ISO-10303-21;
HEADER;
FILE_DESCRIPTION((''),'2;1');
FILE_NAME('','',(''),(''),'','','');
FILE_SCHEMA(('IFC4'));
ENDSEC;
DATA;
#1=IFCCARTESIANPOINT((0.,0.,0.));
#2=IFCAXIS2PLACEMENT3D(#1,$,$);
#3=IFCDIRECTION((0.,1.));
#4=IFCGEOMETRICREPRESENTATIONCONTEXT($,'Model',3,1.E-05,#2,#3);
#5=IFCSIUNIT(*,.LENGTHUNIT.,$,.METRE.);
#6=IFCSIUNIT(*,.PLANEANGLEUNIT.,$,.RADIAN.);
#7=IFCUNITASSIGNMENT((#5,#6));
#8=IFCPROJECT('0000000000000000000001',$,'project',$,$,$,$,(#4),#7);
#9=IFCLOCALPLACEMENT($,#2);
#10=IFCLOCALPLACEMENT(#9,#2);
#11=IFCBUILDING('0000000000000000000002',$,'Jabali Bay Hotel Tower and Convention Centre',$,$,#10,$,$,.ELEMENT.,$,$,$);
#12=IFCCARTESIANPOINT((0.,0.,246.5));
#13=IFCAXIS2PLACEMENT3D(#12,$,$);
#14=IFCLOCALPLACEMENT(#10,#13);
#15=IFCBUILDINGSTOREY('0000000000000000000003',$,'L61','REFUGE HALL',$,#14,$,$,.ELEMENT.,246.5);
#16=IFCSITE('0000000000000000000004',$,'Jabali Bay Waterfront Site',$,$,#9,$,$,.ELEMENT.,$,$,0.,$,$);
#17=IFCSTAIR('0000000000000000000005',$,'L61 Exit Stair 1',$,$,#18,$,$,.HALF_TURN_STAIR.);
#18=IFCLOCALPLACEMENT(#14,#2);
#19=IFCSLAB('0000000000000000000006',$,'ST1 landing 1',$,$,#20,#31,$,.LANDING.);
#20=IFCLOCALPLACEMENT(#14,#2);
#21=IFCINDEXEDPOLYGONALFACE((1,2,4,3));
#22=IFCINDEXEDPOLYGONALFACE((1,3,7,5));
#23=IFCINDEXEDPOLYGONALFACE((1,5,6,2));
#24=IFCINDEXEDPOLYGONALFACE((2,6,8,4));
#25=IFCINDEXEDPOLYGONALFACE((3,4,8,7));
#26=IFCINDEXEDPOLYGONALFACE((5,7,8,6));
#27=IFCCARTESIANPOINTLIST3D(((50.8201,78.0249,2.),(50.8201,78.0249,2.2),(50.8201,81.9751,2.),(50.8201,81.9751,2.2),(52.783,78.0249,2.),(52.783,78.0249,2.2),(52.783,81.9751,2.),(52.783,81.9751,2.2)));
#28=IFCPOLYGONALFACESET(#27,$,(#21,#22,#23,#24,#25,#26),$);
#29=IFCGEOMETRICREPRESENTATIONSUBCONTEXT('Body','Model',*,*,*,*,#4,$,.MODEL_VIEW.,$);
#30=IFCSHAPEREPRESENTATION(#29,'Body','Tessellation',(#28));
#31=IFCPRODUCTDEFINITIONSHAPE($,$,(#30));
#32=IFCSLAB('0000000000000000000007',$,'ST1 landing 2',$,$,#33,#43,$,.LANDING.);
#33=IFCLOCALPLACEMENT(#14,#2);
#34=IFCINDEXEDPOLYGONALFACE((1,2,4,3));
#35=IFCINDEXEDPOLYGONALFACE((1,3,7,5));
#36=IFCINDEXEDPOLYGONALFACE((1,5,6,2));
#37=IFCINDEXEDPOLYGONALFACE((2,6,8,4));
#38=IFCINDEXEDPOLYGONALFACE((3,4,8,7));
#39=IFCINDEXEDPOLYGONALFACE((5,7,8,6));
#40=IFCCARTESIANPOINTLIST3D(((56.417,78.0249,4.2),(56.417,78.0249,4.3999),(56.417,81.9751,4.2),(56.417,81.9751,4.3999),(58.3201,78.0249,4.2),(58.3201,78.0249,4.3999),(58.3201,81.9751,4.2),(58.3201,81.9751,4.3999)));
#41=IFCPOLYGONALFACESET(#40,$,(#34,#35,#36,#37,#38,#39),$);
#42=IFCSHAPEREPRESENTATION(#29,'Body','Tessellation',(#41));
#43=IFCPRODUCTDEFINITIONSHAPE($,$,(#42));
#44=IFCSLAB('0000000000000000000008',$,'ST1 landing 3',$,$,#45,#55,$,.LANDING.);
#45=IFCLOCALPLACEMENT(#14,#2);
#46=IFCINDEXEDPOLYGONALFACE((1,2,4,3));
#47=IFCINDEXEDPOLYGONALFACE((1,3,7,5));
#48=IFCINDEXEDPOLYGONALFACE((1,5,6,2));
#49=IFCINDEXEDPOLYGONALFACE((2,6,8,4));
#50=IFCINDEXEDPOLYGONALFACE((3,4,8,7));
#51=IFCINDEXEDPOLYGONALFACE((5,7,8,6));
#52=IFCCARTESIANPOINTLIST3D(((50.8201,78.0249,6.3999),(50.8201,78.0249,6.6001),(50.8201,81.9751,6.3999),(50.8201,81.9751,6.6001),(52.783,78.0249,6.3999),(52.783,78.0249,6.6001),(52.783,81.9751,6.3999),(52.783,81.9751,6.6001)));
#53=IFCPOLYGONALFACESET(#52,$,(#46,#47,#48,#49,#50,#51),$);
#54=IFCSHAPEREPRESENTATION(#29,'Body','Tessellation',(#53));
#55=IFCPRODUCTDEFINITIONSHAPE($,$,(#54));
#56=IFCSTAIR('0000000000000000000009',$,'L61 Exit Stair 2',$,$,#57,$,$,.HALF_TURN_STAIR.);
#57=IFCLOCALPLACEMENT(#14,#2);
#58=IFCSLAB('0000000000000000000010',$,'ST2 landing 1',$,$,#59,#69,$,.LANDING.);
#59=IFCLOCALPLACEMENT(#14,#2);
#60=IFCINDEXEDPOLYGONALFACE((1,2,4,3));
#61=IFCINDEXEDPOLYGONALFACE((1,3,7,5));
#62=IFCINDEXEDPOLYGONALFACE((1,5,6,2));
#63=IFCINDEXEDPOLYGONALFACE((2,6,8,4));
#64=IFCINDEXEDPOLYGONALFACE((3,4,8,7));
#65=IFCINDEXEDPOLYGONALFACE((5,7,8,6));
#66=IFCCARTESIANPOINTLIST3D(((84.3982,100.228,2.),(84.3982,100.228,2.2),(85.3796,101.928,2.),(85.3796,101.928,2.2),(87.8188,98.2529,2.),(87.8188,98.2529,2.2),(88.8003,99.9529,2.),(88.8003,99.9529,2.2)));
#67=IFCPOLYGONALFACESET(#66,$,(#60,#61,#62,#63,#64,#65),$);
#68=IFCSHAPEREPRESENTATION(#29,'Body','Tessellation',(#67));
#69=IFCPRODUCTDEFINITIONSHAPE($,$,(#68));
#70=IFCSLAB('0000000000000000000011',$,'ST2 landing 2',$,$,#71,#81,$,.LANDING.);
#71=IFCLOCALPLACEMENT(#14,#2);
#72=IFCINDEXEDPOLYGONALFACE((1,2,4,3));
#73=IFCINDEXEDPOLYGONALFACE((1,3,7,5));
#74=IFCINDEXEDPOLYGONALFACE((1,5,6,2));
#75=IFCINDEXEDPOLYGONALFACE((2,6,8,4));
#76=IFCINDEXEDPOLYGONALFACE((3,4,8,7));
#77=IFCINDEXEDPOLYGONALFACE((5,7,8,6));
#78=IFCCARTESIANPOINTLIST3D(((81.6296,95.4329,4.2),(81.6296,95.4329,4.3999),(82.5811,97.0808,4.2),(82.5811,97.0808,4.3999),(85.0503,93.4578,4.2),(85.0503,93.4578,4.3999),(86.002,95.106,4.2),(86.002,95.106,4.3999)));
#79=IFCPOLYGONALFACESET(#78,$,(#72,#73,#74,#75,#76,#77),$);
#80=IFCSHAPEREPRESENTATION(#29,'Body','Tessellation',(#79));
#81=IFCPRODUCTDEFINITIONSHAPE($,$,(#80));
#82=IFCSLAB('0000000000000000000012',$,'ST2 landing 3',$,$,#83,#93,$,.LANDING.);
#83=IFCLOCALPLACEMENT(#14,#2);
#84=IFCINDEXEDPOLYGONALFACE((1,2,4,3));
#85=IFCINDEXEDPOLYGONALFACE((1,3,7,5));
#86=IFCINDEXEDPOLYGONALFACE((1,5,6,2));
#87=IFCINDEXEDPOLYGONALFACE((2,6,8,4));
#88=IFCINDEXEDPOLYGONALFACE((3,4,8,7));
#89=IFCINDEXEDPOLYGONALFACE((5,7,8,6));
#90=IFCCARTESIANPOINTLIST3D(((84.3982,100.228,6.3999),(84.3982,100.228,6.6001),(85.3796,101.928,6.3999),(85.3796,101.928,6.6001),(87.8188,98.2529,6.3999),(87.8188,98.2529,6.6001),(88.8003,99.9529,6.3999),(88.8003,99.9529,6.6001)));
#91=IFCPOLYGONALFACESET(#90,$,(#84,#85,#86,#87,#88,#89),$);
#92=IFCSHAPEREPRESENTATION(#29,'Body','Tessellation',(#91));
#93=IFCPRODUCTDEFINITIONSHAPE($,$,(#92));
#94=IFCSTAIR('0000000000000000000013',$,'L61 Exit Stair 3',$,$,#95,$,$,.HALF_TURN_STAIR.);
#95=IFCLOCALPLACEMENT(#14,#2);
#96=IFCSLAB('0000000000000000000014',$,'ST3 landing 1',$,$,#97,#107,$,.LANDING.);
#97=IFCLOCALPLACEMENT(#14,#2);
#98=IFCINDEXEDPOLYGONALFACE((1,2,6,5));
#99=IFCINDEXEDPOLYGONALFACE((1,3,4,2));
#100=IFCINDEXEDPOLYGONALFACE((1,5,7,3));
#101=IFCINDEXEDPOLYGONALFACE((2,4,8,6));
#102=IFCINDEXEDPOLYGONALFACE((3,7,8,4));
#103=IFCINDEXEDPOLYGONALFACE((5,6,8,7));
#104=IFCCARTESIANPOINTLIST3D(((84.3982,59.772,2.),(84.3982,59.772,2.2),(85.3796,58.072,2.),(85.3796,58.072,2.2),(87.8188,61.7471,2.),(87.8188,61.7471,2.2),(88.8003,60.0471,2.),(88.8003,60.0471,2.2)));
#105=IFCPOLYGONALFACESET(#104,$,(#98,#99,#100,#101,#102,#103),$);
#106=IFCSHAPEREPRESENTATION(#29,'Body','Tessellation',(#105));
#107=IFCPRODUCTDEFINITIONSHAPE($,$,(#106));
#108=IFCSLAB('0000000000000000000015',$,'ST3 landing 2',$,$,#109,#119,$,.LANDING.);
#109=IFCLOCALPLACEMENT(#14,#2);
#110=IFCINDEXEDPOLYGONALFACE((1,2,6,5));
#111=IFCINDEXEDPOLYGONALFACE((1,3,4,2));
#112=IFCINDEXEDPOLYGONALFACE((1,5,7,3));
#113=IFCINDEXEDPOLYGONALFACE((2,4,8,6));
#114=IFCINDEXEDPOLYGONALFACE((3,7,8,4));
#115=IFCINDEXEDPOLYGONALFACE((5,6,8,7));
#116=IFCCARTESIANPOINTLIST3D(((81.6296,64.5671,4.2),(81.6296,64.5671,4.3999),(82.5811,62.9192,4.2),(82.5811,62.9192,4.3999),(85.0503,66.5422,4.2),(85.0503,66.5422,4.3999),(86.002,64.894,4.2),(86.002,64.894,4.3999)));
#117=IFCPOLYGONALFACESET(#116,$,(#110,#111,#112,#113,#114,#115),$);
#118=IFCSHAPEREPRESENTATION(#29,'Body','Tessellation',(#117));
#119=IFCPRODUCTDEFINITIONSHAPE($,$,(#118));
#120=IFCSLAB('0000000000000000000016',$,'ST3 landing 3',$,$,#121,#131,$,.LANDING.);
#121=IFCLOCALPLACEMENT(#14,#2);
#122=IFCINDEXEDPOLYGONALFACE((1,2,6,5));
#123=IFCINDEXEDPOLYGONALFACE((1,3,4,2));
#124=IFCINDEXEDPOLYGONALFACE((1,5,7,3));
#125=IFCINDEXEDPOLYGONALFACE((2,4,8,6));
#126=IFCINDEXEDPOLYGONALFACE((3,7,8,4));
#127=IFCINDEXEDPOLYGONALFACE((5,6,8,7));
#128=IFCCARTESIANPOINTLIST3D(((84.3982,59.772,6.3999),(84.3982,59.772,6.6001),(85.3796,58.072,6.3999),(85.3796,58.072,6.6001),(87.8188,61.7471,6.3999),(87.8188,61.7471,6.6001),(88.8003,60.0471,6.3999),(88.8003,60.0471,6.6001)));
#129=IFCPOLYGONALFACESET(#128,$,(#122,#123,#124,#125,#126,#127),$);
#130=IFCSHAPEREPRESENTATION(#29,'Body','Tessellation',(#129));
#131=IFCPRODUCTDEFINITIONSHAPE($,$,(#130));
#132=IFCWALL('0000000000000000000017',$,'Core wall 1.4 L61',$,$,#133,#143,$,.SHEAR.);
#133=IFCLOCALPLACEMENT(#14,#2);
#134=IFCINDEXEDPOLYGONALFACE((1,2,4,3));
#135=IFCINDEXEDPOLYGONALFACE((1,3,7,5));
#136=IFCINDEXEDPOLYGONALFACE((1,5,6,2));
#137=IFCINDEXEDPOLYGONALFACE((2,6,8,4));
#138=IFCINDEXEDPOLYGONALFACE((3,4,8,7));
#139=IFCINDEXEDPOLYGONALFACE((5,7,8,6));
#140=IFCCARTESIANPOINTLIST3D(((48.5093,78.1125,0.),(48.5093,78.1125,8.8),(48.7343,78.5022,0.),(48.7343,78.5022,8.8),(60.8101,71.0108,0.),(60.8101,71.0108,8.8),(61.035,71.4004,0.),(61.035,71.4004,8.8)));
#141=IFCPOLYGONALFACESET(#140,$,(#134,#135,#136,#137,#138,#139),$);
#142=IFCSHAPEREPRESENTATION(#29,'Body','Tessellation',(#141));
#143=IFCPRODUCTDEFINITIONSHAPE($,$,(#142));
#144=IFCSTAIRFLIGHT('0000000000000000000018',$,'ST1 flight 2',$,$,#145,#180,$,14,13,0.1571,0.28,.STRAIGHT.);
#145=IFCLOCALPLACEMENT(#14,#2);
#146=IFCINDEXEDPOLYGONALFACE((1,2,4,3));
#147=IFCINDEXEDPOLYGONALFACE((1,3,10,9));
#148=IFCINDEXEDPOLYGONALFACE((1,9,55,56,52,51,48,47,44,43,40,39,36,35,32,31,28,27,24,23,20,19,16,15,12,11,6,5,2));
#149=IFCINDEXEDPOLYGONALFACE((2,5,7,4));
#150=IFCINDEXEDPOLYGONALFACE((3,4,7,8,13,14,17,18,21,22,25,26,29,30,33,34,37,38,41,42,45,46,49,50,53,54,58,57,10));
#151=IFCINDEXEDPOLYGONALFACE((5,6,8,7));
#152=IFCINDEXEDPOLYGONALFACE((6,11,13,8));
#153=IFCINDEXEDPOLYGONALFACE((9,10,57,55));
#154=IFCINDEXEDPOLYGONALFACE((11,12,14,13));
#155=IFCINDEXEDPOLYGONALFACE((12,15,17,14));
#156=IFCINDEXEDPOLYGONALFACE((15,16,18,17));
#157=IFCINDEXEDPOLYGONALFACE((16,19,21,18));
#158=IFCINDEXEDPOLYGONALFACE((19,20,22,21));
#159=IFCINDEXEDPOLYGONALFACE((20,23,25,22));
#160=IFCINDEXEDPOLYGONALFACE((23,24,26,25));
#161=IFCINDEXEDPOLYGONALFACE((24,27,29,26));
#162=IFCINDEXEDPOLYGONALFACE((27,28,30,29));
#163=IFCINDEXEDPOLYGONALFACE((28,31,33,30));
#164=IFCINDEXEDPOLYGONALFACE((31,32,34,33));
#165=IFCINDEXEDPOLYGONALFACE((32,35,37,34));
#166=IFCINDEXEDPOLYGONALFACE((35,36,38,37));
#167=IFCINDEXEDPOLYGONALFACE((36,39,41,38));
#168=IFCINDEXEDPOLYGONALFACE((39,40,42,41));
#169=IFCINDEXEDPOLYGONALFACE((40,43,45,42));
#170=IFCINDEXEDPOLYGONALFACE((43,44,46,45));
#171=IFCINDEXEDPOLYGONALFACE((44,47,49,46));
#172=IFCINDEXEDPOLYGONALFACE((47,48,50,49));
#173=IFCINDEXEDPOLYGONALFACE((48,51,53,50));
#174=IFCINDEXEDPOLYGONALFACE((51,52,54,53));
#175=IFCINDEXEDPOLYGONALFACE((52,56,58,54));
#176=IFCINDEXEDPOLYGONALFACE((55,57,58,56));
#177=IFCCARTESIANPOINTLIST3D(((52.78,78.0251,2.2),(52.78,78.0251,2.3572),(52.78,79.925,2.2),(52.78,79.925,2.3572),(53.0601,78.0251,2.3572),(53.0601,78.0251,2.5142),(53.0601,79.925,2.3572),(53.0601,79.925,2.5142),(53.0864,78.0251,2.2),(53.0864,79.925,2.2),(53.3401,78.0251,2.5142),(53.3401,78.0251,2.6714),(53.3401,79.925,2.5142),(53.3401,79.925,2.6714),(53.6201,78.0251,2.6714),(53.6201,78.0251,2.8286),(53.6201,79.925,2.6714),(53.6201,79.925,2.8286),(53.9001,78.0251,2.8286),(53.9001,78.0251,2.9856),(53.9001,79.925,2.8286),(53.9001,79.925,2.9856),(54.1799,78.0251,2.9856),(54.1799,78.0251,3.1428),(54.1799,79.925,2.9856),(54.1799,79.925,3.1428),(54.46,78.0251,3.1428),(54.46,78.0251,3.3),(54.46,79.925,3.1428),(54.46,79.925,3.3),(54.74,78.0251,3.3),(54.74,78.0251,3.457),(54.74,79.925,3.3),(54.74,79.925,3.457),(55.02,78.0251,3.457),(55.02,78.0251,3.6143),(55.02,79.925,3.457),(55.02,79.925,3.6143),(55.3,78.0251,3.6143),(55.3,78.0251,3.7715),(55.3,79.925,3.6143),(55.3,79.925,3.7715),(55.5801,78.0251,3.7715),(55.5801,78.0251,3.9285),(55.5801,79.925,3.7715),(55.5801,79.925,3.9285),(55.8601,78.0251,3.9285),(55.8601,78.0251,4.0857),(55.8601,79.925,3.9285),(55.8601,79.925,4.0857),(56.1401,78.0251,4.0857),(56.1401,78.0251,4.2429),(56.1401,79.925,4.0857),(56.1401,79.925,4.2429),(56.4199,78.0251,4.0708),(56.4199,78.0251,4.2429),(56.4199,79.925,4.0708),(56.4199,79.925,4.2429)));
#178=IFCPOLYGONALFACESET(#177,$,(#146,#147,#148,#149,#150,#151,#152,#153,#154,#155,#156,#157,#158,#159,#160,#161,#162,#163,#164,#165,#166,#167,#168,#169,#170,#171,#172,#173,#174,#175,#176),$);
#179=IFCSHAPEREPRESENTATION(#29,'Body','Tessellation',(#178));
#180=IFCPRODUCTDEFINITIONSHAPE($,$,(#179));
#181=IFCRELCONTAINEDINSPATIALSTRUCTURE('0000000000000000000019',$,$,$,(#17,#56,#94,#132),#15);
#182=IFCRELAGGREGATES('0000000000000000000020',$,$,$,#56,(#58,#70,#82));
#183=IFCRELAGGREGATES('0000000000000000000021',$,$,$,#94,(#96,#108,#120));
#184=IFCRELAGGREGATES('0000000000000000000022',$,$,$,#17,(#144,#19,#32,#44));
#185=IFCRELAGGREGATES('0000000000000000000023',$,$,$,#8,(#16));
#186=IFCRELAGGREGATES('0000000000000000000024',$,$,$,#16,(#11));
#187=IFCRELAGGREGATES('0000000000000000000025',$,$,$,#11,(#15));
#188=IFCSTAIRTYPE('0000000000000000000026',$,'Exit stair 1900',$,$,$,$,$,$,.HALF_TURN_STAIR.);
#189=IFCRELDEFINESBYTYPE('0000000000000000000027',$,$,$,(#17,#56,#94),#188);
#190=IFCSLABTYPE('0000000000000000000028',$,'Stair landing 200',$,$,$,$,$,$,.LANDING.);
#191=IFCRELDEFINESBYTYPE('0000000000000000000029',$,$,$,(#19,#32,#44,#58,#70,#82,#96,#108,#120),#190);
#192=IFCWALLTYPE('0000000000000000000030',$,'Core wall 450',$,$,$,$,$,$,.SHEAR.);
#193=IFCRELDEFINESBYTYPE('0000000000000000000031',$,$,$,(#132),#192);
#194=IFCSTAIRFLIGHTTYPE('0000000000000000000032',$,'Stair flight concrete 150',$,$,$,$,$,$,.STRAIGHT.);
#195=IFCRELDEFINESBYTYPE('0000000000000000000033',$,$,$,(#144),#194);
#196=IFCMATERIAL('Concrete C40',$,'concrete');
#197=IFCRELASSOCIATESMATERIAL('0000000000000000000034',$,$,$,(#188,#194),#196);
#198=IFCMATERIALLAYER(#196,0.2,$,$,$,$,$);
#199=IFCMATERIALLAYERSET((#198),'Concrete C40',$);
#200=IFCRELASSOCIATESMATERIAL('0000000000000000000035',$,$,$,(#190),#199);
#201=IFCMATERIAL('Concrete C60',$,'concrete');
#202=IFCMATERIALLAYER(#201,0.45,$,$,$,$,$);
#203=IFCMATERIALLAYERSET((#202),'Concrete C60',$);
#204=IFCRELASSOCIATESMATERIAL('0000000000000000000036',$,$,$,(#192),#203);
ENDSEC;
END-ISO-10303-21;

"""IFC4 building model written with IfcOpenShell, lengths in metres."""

from ifc_helpers import new_model, si_unit, direction, frame, frame_2d, origin, place, context, subcontext, project, spatial, polyline, rectangle, outline, extrude, material, layer, layer_set, type_object, element, aggregate, save


model = new_model("IFC4")

# Units and contexts
model_context = context("Model", 3, precision=1e-05, world=origin(), true_north=direction((0.0, 1.0)))
body_context = subcontext(model_context, "Body", "Model", "MODEL_VIEW")
ifc_project = project(units=[si_unit("LENGTHUNIT", "METRE"), si_unit("PLANEANGLEUNIT", "RADIAN")], contexts=[model_context])

# Site, building, storey
site_placement = place(None, origin())
site = spatial("IfcSite", under=ifc_project, at=site_placement, Name="Jabali Bay Waterfront Site", CompositionType="ELEMENT", RefElevation=0.0)
building_placement = place(site_placement, origin())
building = spatial("IfcBuilding", under=site, at=building_placement, Name="Jabali Bay Hotel Tower and Convention Centre", CompositionType="ELEMENT")
storey_placement = place(building_placement, frame((0.0, 0.0, 246.5)))
storey = spatial("IfcBuildingStorey", under=building, at=storey_placement, Name="L61", Description="REFUGE HALL", CompositionType="ELEMENT", Elevation=246.5)

# Shared definitions
ifc_material_1 = material(Name="Concrete C60", Category="concrete")

# Shared definitions
ifc_material_2 = material(Name="Concrete C40", Category="concrete")

# Stairs, slabs
stair_type = type_object("IfcStairType", Name="Exit stair 1900", PredefinedType="HALF_TURN_STAIR", material=ifc_material_2)
stair_1_placement = place(storey_placement, origin())
stair_1 = element("IfcStair", 1, at=stair_1_placement, inside=storey, type_object=stair_type, Name="L61 Exit Stair 1", PredefinedType="HALF_TURN_STAIR")
ifc_layer_1 = layer(ifc_material_2, 0.2)
ifc_layer_set_1 = layer_set([ifc_layer_1], Name="Concrete C40")
slab_type_1 = type_object("IfcSlabType", Name="Stair landing 200", PredefinedType="LANDING", material=ifc_layer_set_1)
slab_1_placement = place(storey_placement, frame((0.0, 0.0, 2.0)))
slab_1 = element("IfcSlab", 2, at=slab_1_placement, type_object=slab_type_1, Name="ST1 landing 1", PredefinedType="LANDING", context=body_context, shape_type="SweptSolid", body=[
    extrude(outline(polyline([(52.783, 81.9751), (50.8201, 81.9751), (50.8201, 78.0249), (52.783, 78.0249), (52.783, 81.9751)])), origin(), (0.0, 0.0, 1.0), 0.2),
])
slab_2_placement = place(storey_placement, frame((0.0, 0.0, 4.2)))
slab_2 = element("IfcSlab", 3, at=slab_2_placement, type_object=slab_type_1, Name="ST1 landing 2", PredefinedType="LANDING", context=body_context, shape_type="SweptSolid", body=[
    extrude(outline(polyline([(58.3201, 81.9751), (56.417, 81.9751), (56.417, 78.0249), (58.3201, 78.0249), (58.3201, 81.9751)])), origin(), (0.0, 0.0, 1.0), 0.2),
])
slab_3_placement = place(storey_placement, frame((0.0, 0.0, 6.3999)))
slab_3 = element("IfcSlab", 4, at=slab_3_placement, type_object=slab_type_1, Name="ST1 landing 3", PredefinedType="LANDING", context=body_context, shape_type="SweptSolid", body=[
    extrude(outline(polyline([(52.783, 81.9751), (50.8201, 81.9751), (50.8201, 78.0249), (52.783, 78.0249), (52.783, 81.9751)])), origin(), (0.0, 0.0, 1.0), 0.2002),
])
stair_2_placement = place(storey_placement, origin())
stair_2 = element("IfcStair", 5, at=stair_2_placement, inside=storey, type_object=stair_type, Name="L61 Exit Stair 2", PredefinedType="HALF_TURN_STAIR")
slab_4_placement = place(storey_placement, frame((0.0, 0.0, 2.0)))
slab_4 = element("IfcSlab", 6, at=slab_4_placement, type_object=slab_type_1, Name="ST2 landing 1", PredefinedType="LANDING", context=body_context, shape_type="SweptSolid", body=[
    extrude(outline(polyline([(87.8188, 98.2529), (88.8003, 99.9529), (85.3796, 101.928), (84.3982, 100.228), (87.8188, 98.2529)])), origin(), (0.0, 0.0, 1.0), 0.2),
])
slab_5_placement = place(storey_placement, frame((0.0, 0.0, 4.2)))
slab_5 = element("IfcSlab", 7, at=slab_5_placement, type_object=slab_type_1, Name="ST2 landing 2", PredefinedType="LANDING", context=body_context, shape_type="SweptSolid", body=[
    extrude(outline(polyline([(85.0503, 93.4578), (86.002, 95.106), (82.5811, 97.0808), (81.6296, 95.4329), (85.0503, 93.4578)])), origin(), (0.0, 0.0, 1.0), 0.2),
])
slab_6_placement = place(storey_placement, frame((0.0, 0.0, 6.3999)))
slab_6 = element("IfcSlab", 8, at=slab_6_placement, type_object=slab_type_1, Name="ST2 landing 3", PredefinedType="LANDING", context=body_context, shape_type="SweptSolid", body=[
    extrude(outline(polyline([(87.8188, 98.2529), (88.8003, 99.9529), (85.3796, 101.928), (84.3982, 100.228), (87.8188, 98.2529)])), origin(), (0.0, 0.0, 1.0), 0.2002),
])
aggregate(stair_2, [slab_4, slab_5, slab_6])
stair_3_placement = place(storey_placement, origin())
stair_3 = element("IfcStair", 9, at=stair_3_placement, inside=storey, type_object=stair_type, Name="L61 Exit Stair 3", PredefinedType="HALF_TURN_STAIR")
slab_7_placement = place(storey_placement, frame((0.0, 0.0, 2.0)))
slab_7 = element("IfcSlab", 10, at=slab_7_placement, type_object=slab_type_1, Name="ST3 landing 1", PredefinedType="LANDING", context=body_context, shape_type="SweptSolid", body=[
    extrude(outline(polyline([(84.3982, 59.772), (85.3796, 58.072), (88.8003, 60.0471), (87.8188, 61.7471), (84.3982, 59.772)])), origin(), (0.0, 0.0, 1.0), 0.2),
])
slab_8_placement = place(storey_placement, frame((0.0, 0.0, 4.2)))
slab_8 = element("IfcSlab", 11, at=slab_8_placement, type_object=slab_type_1, Name="ST3 landing 2", PredefinedType="LANDING", context=body_context, shape_type="SweptSolid", body=[
    extrude(outline(polyline([(81.6296, 64.5671), (82.5811, 62.9192), (86.002, 64.894), (85.0503, 66.5422), (81.6296, 64.5671)])), origin(), (0.0, 0.0, 1.0), 0.2),
])
slab_9_placement = place(storey_placement, frame((0.0, 0.0, 6.3999)))
slab_9 = element("IfcSlab", 12, at=slab_9_placement, type_object=slab_type_1, Name="ST3 landing 3", PredefinedType="LANDING", context=body_context, shape_type="SweptSolid", body=[
    extrude(outline(polyline([(84.3982, 59.772), (85.3796, 58.072), (88.8003, 60.0471), (87.8188, 61.7471), (84.3982, 59.772)])), origin(), (0.0, 0.0, 1.0), 0.2002),
])
aggregate(stair_3, [slab_7, slab_8, slab_9])

# Wall
ifc_layer_2 = layer(ifc_material_1, 0.45)
ifc_layer_set_2 = layer_set([ifc_layer_2], Name="Concrete C60")
wall_type = type_object("IfcWallType", Name="Core wall 450", PredefinedType="SHEAR", material=ifc_layer_set_2)
wall_placement = place(storey_placement, frame((48.6218, 78.3074, 0.0), z_axis=(0.0, 0.0, 1.0), x_axis=(0.866027, -0.499997, 0.0)))
element("IfcWall", 13, at=wall_placement, inside=storey, type_object=wall_type, Name="Core wall 1.4 L61", PredefinedType="SHEAR", context=body_context, shape_type="SweptSolid", body=[
    extrude(rectangle(XDim=14.2036, YDim=0.45, at=frame_2d((7.1018, 0.0))), origin(), (0.0, 0.0, 1.0), 8.8),
])

# Stair flight
stair_flight_type = type_object("IfcStairFlightType", Name="Stair flight concrete 150", PredefinedType="STRAIGHT", material=ifc_material_2)
stair_flight_1_placement = place(storey_placement, frame((52.78, 78.9751, 2.2), z_axis=(0.0, 0.0, 1.0), x_axis=(1.0, 0.0, 0.0)))
stair_flight_1 = element("IfcStairFlight", 14, at=stair_flight_1_placement, type_object=stair_flight_type, Name="ST1 flight 2", NumberOfRisers=14, NumberOfTreads=13, PredefinedType="STRAIGHT", RiserHeight=0.1571, TreadLength=0.28, context=body_context, shape_type="SweptSolid", body=[
    extrude(outline(polyline([(0.0, 0.0), (0.0, 0.1572), (0.28, 0.1572), (0.28, 0.3142), (0.5601, 0.3142), (0.5601, 0.4714), (0.8401, 0.4714), (0.8401, 0.6287), (1.1201, 0.6287), (1.1201, 0.7856), (1.3999, 0.7856), (1.3999, 0.9429), (1.6799, 0.9429), (1.6799, 1.1001), (1.96, 1.1001), (1.96, 1.2571), (2.24, 1.2571), (2.24, 1.4143), (2.52, 1.4143), (2.52, 1.5715), (2.8, 1.5715), (2.8, 1.7285), (3.0801, 1.7285), (3.0801, 1.8857), (3.3601, 1.8857), (3.3601, 2.043), (3.6399, 2.043), (3.6399, 2.2), (3.6399, 1.8708), (0.3064, 0.0), (0.0, 0.0)])), frame((0.0, 0.95, 0.0), z_axis=(0.0, -1.0, 0.0), x_axis=(1.0, 0.0, 0.0)), (0.0, 0.0, 1.0), 1.8999),
])
aggregate(stair_1, [stair_flight_1, slab_1, slab_2, slab_3])

save(model, "model.ifc")
